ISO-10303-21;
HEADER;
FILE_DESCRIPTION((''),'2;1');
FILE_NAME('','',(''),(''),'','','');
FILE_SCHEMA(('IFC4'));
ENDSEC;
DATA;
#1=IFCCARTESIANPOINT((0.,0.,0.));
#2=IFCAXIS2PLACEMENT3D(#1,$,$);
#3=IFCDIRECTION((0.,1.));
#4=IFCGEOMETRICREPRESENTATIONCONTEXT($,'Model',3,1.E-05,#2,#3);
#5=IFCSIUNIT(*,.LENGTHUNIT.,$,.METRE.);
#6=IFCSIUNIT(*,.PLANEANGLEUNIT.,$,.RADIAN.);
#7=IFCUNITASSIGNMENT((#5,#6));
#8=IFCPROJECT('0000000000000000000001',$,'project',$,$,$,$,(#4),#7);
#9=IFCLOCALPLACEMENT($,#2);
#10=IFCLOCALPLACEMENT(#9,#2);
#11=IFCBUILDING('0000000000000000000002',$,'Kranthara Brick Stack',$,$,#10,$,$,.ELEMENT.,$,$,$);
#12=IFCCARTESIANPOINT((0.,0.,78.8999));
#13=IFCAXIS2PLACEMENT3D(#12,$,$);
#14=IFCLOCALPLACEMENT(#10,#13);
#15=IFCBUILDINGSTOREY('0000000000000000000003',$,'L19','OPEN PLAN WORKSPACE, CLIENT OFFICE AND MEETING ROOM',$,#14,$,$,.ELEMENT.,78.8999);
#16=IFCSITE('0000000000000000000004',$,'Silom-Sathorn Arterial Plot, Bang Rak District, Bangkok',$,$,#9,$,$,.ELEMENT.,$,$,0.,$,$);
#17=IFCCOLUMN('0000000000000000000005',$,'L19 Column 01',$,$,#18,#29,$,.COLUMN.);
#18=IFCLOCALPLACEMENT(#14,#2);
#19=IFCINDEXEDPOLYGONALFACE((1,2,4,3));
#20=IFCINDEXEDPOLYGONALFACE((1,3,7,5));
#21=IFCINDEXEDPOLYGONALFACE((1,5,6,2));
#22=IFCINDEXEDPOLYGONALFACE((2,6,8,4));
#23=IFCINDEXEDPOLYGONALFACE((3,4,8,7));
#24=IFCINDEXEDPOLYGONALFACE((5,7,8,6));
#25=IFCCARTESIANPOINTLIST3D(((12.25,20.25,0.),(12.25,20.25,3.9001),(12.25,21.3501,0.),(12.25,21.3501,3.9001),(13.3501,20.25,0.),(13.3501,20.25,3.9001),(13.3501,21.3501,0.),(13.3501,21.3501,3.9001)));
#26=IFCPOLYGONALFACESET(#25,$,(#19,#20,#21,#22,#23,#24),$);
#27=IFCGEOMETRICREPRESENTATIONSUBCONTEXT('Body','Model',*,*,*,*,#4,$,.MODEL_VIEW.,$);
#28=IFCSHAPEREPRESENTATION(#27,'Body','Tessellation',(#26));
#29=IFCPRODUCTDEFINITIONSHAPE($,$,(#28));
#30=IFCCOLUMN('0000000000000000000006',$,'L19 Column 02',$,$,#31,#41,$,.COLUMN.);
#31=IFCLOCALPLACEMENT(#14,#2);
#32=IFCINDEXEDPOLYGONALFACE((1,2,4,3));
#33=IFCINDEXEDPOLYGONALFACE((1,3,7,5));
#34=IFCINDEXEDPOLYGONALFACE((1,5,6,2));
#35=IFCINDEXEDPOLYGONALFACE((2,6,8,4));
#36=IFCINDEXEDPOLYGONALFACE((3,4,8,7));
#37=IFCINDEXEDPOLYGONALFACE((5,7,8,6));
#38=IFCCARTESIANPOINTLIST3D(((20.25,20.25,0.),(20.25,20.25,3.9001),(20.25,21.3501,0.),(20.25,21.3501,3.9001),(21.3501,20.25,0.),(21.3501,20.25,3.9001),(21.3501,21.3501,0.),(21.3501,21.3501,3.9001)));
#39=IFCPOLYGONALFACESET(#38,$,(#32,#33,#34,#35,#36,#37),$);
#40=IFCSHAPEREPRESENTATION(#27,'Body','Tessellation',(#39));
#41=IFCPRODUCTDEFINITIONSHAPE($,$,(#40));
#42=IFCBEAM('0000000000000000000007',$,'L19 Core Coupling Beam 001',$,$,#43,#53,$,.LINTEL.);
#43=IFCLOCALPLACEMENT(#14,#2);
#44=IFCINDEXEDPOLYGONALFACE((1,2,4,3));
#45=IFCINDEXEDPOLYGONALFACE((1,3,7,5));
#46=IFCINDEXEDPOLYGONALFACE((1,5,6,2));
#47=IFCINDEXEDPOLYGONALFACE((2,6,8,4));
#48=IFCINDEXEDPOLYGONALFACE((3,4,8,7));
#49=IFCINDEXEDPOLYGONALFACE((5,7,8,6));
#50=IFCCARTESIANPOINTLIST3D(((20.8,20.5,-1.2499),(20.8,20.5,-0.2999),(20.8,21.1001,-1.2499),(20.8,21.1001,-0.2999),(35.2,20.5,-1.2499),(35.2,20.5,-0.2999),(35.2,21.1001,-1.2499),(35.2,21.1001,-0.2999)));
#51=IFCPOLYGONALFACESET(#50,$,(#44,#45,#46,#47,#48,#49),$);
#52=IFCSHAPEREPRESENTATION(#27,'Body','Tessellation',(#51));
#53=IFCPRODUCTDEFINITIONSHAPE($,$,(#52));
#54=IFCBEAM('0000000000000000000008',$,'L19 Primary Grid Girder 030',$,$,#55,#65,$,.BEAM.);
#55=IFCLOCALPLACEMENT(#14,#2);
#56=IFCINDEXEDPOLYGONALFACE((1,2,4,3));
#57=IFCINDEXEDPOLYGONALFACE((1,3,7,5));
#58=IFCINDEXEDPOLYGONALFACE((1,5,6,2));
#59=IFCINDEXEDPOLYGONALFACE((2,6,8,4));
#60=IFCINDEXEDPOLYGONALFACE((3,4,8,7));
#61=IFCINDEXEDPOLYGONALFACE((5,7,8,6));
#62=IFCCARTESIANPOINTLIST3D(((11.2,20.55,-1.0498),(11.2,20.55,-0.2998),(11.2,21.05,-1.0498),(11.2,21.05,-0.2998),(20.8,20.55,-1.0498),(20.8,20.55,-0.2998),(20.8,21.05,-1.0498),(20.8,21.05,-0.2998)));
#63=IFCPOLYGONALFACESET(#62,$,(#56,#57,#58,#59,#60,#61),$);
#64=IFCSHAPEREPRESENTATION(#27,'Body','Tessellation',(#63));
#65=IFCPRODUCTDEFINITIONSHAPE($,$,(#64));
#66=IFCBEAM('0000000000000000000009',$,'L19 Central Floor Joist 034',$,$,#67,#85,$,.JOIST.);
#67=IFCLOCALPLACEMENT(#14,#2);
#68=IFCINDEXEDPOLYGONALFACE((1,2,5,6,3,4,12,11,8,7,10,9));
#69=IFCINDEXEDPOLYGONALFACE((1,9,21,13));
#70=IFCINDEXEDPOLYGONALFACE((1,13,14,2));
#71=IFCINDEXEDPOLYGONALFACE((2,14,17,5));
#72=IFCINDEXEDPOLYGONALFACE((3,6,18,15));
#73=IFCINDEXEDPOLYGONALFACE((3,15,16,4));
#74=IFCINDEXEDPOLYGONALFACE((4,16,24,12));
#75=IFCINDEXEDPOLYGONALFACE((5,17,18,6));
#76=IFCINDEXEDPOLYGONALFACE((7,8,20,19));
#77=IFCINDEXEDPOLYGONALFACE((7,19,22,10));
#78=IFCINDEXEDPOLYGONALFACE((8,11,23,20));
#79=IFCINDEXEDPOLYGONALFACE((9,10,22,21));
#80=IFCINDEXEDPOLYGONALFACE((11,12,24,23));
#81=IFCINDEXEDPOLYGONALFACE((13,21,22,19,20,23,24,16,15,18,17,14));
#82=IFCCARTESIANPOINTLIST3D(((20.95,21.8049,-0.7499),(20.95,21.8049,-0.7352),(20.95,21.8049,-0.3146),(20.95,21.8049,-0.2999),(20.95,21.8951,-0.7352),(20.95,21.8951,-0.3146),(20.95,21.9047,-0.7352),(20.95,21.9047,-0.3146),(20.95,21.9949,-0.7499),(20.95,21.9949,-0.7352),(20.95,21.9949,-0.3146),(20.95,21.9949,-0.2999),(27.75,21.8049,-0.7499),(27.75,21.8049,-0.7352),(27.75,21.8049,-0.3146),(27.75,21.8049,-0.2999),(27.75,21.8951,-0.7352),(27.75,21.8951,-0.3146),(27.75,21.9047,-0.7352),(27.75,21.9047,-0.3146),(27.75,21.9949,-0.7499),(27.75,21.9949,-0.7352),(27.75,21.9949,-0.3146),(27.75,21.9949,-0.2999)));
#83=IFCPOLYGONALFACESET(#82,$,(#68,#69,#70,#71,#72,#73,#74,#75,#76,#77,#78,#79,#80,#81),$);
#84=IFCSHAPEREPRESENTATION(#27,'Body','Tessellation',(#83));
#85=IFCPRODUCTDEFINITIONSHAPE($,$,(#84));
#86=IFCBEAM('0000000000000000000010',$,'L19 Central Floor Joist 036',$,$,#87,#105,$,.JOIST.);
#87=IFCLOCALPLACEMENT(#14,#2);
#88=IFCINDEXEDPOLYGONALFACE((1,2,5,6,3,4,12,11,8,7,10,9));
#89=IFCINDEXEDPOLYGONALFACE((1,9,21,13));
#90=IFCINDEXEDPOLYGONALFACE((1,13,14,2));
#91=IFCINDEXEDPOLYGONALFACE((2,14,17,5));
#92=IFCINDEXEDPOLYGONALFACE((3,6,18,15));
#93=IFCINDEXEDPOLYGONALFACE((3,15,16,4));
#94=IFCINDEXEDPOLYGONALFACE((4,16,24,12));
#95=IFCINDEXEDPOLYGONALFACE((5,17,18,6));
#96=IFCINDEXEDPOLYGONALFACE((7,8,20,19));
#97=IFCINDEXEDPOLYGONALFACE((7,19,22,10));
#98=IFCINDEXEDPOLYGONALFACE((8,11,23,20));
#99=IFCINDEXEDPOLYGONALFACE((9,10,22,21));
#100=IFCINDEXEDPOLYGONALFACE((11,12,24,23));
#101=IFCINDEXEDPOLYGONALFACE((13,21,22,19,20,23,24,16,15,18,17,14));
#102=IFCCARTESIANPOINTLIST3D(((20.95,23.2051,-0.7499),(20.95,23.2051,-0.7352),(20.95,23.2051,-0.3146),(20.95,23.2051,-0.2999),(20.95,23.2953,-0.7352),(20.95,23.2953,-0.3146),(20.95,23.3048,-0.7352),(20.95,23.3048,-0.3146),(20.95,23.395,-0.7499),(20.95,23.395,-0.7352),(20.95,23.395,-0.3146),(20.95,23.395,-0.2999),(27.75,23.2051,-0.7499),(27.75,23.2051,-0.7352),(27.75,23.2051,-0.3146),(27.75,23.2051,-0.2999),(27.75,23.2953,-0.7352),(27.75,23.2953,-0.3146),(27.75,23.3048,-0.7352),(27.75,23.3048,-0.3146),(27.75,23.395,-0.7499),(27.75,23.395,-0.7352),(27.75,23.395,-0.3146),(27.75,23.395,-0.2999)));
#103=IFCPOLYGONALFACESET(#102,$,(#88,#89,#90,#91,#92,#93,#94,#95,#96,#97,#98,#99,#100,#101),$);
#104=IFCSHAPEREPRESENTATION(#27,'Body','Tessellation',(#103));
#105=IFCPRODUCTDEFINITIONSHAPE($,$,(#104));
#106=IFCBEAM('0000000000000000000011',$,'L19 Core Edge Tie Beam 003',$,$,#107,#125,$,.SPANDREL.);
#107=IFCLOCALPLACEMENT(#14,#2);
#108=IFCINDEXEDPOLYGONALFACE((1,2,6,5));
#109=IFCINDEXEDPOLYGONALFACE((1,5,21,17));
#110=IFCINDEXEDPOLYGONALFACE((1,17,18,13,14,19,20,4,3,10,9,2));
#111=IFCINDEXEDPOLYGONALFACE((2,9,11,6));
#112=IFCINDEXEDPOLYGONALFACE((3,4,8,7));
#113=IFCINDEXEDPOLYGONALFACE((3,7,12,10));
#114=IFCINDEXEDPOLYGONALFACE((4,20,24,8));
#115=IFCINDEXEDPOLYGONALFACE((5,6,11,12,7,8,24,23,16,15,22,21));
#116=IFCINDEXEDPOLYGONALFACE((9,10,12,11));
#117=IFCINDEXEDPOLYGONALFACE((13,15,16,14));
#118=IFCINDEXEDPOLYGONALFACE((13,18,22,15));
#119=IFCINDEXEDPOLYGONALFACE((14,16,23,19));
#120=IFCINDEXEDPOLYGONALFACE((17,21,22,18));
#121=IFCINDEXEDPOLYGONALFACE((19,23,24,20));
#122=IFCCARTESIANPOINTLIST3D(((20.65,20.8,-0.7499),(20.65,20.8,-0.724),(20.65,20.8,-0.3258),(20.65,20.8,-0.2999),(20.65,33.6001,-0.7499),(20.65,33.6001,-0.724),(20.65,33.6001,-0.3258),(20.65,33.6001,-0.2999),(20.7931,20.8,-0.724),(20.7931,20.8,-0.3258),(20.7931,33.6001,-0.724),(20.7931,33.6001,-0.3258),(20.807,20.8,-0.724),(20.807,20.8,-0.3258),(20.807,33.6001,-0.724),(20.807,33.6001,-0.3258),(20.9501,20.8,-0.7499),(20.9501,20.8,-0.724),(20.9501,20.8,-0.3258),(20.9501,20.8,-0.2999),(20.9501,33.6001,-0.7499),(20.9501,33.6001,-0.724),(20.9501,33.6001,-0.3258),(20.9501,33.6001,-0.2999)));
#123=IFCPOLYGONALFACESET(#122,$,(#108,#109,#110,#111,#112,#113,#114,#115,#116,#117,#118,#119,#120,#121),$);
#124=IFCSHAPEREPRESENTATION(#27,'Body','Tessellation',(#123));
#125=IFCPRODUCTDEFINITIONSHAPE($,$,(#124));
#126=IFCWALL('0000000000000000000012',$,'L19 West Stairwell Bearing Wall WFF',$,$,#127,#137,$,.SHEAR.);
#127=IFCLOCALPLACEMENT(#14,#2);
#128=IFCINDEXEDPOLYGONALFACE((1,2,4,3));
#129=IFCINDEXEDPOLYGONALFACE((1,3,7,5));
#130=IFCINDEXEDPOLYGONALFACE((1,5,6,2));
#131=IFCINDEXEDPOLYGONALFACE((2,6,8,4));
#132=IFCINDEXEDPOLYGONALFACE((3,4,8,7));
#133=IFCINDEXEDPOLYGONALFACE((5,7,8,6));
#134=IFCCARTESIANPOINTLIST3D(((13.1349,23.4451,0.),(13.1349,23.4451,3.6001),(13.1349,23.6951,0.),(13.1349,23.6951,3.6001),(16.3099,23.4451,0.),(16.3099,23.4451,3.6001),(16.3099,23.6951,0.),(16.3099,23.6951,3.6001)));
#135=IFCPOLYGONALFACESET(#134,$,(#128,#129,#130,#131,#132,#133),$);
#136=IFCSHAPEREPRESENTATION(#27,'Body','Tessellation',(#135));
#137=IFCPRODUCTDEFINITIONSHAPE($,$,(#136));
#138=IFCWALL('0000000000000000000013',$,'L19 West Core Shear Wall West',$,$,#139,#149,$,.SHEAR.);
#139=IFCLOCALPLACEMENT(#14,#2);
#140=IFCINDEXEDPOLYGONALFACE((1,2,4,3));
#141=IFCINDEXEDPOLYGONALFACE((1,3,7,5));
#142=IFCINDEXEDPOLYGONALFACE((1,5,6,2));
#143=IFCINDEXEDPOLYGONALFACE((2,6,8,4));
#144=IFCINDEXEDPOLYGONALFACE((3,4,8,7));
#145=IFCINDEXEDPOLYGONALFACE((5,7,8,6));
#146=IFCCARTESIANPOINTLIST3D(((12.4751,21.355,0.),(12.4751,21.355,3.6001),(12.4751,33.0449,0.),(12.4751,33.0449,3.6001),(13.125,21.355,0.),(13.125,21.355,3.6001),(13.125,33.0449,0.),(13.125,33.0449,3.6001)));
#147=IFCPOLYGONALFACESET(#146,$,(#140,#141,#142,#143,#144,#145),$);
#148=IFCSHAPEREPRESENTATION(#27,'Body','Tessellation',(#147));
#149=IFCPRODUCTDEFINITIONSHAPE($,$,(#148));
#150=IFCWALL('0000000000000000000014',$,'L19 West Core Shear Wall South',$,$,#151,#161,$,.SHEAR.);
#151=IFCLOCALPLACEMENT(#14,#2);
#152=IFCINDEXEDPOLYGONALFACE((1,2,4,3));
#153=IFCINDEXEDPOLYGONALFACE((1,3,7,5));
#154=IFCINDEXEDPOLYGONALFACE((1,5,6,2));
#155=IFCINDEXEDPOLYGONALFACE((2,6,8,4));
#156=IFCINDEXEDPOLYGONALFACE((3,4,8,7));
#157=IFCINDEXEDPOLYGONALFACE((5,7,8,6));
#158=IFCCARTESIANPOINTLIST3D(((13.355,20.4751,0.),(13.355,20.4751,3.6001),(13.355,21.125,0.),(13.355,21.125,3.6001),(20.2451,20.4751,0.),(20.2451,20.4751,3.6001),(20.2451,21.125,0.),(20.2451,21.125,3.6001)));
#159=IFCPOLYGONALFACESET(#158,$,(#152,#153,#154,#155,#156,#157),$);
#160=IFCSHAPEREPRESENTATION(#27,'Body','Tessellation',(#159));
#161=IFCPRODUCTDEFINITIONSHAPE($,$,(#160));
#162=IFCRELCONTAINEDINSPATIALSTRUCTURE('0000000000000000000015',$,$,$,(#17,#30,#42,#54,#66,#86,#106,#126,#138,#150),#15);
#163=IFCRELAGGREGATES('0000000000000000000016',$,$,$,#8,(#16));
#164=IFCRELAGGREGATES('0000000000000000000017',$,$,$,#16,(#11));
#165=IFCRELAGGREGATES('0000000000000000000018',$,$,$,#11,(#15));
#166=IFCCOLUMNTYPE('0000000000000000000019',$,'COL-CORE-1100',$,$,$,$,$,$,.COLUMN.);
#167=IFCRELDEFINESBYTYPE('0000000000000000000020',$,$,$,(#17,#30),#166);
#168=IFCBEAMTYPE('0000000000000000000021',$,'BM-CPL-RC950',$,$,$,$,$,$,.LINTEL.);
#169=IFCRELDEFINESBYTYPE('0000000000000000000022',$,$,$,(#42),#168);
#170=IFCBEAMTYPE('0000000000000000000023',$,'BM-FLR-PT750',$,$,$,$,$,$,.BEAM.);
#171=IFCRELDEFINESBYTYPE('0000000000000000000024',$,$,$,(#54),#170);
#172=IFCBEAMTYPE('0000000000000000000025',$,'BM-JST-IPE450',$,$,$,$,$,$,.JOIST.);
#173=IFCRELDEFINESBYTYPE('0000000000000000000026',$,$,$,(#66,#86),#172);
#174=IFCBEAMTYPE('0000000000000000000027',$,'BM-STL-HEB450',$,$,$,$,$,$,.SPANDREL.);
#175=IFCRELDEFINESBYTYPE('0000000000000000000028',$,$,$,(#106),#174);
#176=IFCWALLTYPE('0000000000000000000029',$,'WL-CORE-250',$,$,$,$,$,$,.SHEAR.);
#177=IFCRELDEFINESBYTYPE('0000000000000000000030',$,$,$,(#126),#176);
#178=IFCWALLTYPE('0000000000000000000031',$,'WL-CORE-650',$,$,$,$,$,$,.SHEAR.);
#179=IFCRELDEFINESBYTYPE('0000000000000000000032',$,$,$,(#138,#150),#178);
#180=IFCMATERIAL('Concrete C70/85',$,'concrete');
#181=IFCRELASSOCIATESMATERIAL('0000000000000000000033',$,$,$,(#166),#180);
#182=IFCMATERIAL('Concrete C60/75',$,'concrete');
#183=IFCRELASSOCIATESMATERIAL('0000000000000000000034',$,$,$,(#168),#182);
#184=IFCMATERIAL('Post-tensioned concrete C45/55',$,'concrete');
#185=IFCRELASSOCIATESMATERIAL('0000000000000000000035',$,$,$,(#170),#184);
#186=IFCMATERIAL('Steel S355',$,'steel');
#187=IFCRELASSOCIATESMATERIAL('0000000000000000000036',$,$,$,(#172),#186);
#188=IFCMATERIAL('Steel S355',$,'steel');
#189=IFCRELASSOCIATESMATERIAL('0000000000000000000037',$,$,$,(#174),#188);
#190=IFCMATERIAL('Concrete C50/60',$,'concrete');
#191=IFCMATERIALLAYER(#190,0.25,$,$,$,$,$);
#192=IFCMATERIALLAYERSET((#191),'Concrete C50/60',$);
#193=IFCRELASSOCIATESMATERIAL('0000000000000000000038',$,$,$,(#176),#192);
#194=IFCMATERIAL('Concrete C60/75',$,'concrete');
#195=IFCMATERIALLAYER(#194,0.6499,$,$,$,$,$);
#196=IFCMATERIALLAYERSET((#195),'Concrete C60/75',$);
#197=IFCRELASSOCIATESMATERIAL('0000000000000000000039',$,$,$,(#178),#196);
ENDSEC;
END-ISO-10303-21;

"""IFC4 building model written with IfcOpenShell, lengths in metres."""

from ifc_helpers import new_model, si_unit, direction, frame, frame_2d, origin, origin_2d, place, context, subcontext, project, spatial, rectangle, i_section, extrude, material, layer, layer_set, material_profile, profile_set, type_object, element, save


model = new_model("IFC4")

# Units and contexts
model_context = context("Model", 3, precision=1e-05, world=origin(), true_north=direction((0.0, 1.0)))
body_context = subcontext(model_context, "Body", "Model", "MODEL_VIEW")
ifc_project = project(units=[si_unit("LENGTHUNIT", "METRE"), si_unit("PLANEANGLEUNIT", "RADIAN")], contexts=[model_context])

# Site, building, storey
site_placement = place(None, origin())
site = spatial("IfcSite", under=ifc_project, at=site_placement, Name="Silom-Sathorn Arterial Plot, Bang Rak District, Bangkok", CompositionType="ELEMENT", RefElevation=0.0)
building_placement = place(site_placement, origin())
building = spatial("IfcBuilding", under=site, at=building_placement, Name="Kranthara Brick Stack", CompositionType="ELEMENT")
storey_placement = place(building_placement, frame((0.0, 0.0, 78.8999)))
storey = spatial("IfcBuildingStorey", under=building, at=storey_placement, Name="L19", Description="OPEN PLAN WORKSPACE, CLIENT OFFICE AND MEETING ROOM", CompositionType="ELEMENT", Elevation=78.8999)

# Columns
ifc_material_1 = material(Name="Concrete C70/85", Category="concrete")
ifc_material_profile_1 = material_profile(ifc_material_1, rectangle(XDim=1.1001, YDim=1.1001, at=origin_2d()), Name="RC 1100x1100")
ifc_profile_set_1 = profile_set([ifc_material_profile_1], Name="Concrete C70/85")
column_type = type_object("IfcColumnType", Name="COL-CORE-1100", PredefinedType="COLUMN", material=ifc_profile_set_1)
for number, where, z_axis, x_axis, name in (
    (1, (12.8, 20.8, 0.0), (0.0, 0.0, 1.0), (1.0, 0.0, 0.0), "L19 Column 01"),
    (2, (20.8, 20.8, 0.0), (0.0, 0.0, 1.0), (1.0, 0.0, 0.0), "L19 Column 02"),
):
    element("IfcColumn", number, at=place(storey_placement, frame(where, z_axis=z_axis, x_axis=x_axis)), inside=storey, type_object=column_type, Name=name, PredefinedType="COLUMN", context=body_context, shape_type="SweptSolid", body=[
        extrude(rectangle(XDim=1.1001, YDim=1.1001, at=origin_2d()), origin(), (0.0, 0.0, 1.0), 3.9001),
    ])

# Beams
ifc_material_2 = material(Name="Concrete C60/75", Category="concrete")
ifc_material_profile_2 = material_profile(ifc_material_2, rectangle(XDim=0.6001, YDim=0.95, at=origin_2d()), Name="RC 600x950")
ifc_profile_set_2 = profile_set([ifc_material_profile_2], Name="Concrete C60/75")
beam_type_1 = type_object("IfcBeamType", Name="BM-CPL-RC950", PredefinedType="LINTEL", material=ifc_profile_set_2)
beam_1_placement = place(storey_placement, frame((20.8, 20.8, -0.7749), z_axis=(1.0, 0.0, 0.0), x_axis=(0.0, 1.0, 0.0)))
element("IfcBeam", 3, at=beam_1_placement, inside=storey, type_object=beam_type_1, Name="L19 Core Coupling Beam 001", PredefinedType="LINTEL", context=body_context, shape_type="SweptSolid", body=[
    extrude(rectangle(XDim=0.6001, YDim=0.95, at=origin_2d()), origin(), (0.0, 0.0, 1.0), 14.3999),
])
ifc_material_3 = material(Name="Post-tensioned concrete C45/55", Category="concrete")
ifc_material_profile_3 = material_profile(ifc_material_3, rectangle(XDim=0.5, YDim=0.75, at=origin_2d()), Name="PT 500x750")
ifc_profile_set_3 = profile_set([ifc_material_profile_3], Name="Post-tensioned concrete C45/55")
beam_type_2 = type_object("IfcBeamType", Name="BM-FLR-PT750", PredefinedType="BEAM", material=ifc_profile_set_3)
beam_2_placement = place(storey_placement, frame((11.2, 20.8, -0.6748), z_axis=(1.0, 0.0, 0.0), x_axis=(0.0, 1.0, 0.0)))
element("IfcBeam", 4, at=beam_2_placement, inside=storey, type_object=beam_type_2, Name="L19 Primary Grid Girder 030", PredefinedType="BEAM", context=body_context, shape_type="SweptSolid", body=[
    extrude(rectangle(XDim=0.5, YDim=0.75, at=origin_2d()), origin(), (0.0, 0.0, 1.0), 9.6001),
])
ifc_material_4 = material(Name="Steel S355", Category="steel")
ifc_material_profile_4 = material_profile(ifc_material_4, i_section(OverallWidth=0.1899, OverallDepth=0.45, WebThickness=0.0095, FlangeThickness=0.0146, at=origin_2d()), Name="IPE 450")
ifc_profile_set_4 = profile_set([ifc_material_profile_4], Name="Steel S355")
beam_type_3 = type_object("IfcBeamType", Name="BM-JST-IPE450", PredefinedType="JOIST", material=ifc_profile_set_4)
for number, where, z_axis, x_axis, name in (
    (5, (20.95, 21.8999, -0.5249), (1.0, 0.0, 0.0), (0.0, 1.0, 0.0), "L19 Central Floor Joist 034"),
    (6, (20.95, 23.3, -0.5249), (1.0, 0.0, 0.0), (0.0, 1.0, 0.0), "L19 Central Floor Joist 036"),
):
    element("IfcBeam", number, at=place(storey_placement, frame(where, z_axis=z_axis, x_axis=x_axis)), inside=storey, type_object=beam_type_3, Name=name, PredefinedType="JOIST", context=body_context, shape_type="SweptSolid", body=[
        extrude(i_section(OverallWidth=0.1899, OverallDepth=0.45, WebThickness=0.0095, FlangeThickness=0.0146, at=origin_2d()), origin(), (0.0, 0.0, 1.0), 6.8),
    ])
ifc_material_5 = material(Name="Steel S355", Category="steel")
ifc_material_profile_5 = material_profile(ifc_material_5, i_section(OverallWidth=0.3, OverallDepth=0.45, WebThickness=0.0139, FlangeThickness=0.0259, at=origin_2d()), Name="HEB 450")
ifc_profile_set_5 = profile_set([ifc_material_profile_5], Name="Steel S355")
beam_type_4 = type_object("IfcBeamType", Name="BM-STL-HEB450", PredefinedType="SPANDREL", material=ifc_profile_set_5)
beam_3_placement = place(storey_placement, frame((20.8, 20.8, -0.5249), z_axis=(0.0, 1.0, 0.0), x_axis=(-1.0, 0.0, 0.0)))
element("IfcBeam", 7, at=beam_3_placement, inside=storey, type_object=beam_type_4, Name="L19 Core Edge Tie Beam 003", PredefinedType="SPANDREL", context=body_context, shape_type="SweptSolid", body=[
    extrude(i_section(OverallWidth=0.3, OverallDepth=0.45, WebThickness=0.0139, FlangeThickness=0.0259, at=origin_2d()), origin(), (0.0, 0.0, 1.0), 12.8),
])

# Shared definitions
ifc_material_6 = material(Name="Concrete C50/60", Category="concrete")
ifc_layer_1 = layer(ifc_material_6, 0.25)
ifc_layer_set_1 = layer_set([ifc_layer_1], Name="Concrete C50/60")
wall_type_1 = type_object("IfcWallType", Name="WL-CORE-250", PredefinedType="SHEAR", material=ifc_layer_set_1)

# Walls
wall_1_placement = place(storey_placement, frame((13.135, 23.5701, 0.0), z_axis=(0.0, 0.0, 1.0), x_axis=(1.0, 0.0, 0.0)))
element("IfcWall", 8, at=wall_1_placement, inside=storey, type_object=wall_type_1, Name="L19 West Stairwell Bearing Wall WFF", PredefinedType="SHEAR", context=body_context, shape_type="SweptSolid", body=[
    extrude(rectangle(XDim=3.175, YDim=0.25, at=frame_2d((1.5874, 0.0))), origin(), (0.0, 0.0, 1.0), 3.6001),
])
ifc_material_7 = material(Name="Concrete C60/75", Category="concrete")
ifc_layer_2 = layer(ifc_material_7, 0.6499)
ifc_layer_set_2 = layer_set([ifc_layer_2], Name="Concrete C60/75")
wall_type_2 = type_object("IfcWallType", Name="WL-CORE-650", PredefinedType="SHEAR", material=ifc_layer_set_2)
wall_2_placement = place(storey_placement, frame((12.8, 21.355, 0.0), z_axis=(0.0, 0.0, 1.0), x_axis=(0.0, 1.0, 0.0)))
element("IfcWall", 9, at=wall_2_placement, inside=storey, type_object=wall_type_2, Name="L19 West Core Shear Wall West", PredefinedType="SHEAR", context=body_context, shape_type="SweptSolid", body=[
    extrude(rectangle(XDim=11.6899, YDim=0.6499, at=frame_2d((5.845, 0.0))), origin(), (0.0, 0.0, 1.0), 3.6001),
])
wall_3_placement = place(storey_placement, frame((13.355, 20.8, 0.0), z_axis=(0.0, 0.0, 1.0), x_axis=(1.0, 0.0, 0.0)))
element("IfcWall", 10, at=wall_3_placement, inside=storey, type_object=wall_type_2, Name="L19 West Core Shear Wall South", PredefinedType="SHEAR", context=body_context, shape_type="SweptSolid", body=[
    extrude(rectangle(XDim=6.8901, YDim=0.6499, at=frame_2d((3.4451, 0.0))), origin(), (0.0, 0.0, 1.0), 3.6001),
])

save(model, "model.ifc")
